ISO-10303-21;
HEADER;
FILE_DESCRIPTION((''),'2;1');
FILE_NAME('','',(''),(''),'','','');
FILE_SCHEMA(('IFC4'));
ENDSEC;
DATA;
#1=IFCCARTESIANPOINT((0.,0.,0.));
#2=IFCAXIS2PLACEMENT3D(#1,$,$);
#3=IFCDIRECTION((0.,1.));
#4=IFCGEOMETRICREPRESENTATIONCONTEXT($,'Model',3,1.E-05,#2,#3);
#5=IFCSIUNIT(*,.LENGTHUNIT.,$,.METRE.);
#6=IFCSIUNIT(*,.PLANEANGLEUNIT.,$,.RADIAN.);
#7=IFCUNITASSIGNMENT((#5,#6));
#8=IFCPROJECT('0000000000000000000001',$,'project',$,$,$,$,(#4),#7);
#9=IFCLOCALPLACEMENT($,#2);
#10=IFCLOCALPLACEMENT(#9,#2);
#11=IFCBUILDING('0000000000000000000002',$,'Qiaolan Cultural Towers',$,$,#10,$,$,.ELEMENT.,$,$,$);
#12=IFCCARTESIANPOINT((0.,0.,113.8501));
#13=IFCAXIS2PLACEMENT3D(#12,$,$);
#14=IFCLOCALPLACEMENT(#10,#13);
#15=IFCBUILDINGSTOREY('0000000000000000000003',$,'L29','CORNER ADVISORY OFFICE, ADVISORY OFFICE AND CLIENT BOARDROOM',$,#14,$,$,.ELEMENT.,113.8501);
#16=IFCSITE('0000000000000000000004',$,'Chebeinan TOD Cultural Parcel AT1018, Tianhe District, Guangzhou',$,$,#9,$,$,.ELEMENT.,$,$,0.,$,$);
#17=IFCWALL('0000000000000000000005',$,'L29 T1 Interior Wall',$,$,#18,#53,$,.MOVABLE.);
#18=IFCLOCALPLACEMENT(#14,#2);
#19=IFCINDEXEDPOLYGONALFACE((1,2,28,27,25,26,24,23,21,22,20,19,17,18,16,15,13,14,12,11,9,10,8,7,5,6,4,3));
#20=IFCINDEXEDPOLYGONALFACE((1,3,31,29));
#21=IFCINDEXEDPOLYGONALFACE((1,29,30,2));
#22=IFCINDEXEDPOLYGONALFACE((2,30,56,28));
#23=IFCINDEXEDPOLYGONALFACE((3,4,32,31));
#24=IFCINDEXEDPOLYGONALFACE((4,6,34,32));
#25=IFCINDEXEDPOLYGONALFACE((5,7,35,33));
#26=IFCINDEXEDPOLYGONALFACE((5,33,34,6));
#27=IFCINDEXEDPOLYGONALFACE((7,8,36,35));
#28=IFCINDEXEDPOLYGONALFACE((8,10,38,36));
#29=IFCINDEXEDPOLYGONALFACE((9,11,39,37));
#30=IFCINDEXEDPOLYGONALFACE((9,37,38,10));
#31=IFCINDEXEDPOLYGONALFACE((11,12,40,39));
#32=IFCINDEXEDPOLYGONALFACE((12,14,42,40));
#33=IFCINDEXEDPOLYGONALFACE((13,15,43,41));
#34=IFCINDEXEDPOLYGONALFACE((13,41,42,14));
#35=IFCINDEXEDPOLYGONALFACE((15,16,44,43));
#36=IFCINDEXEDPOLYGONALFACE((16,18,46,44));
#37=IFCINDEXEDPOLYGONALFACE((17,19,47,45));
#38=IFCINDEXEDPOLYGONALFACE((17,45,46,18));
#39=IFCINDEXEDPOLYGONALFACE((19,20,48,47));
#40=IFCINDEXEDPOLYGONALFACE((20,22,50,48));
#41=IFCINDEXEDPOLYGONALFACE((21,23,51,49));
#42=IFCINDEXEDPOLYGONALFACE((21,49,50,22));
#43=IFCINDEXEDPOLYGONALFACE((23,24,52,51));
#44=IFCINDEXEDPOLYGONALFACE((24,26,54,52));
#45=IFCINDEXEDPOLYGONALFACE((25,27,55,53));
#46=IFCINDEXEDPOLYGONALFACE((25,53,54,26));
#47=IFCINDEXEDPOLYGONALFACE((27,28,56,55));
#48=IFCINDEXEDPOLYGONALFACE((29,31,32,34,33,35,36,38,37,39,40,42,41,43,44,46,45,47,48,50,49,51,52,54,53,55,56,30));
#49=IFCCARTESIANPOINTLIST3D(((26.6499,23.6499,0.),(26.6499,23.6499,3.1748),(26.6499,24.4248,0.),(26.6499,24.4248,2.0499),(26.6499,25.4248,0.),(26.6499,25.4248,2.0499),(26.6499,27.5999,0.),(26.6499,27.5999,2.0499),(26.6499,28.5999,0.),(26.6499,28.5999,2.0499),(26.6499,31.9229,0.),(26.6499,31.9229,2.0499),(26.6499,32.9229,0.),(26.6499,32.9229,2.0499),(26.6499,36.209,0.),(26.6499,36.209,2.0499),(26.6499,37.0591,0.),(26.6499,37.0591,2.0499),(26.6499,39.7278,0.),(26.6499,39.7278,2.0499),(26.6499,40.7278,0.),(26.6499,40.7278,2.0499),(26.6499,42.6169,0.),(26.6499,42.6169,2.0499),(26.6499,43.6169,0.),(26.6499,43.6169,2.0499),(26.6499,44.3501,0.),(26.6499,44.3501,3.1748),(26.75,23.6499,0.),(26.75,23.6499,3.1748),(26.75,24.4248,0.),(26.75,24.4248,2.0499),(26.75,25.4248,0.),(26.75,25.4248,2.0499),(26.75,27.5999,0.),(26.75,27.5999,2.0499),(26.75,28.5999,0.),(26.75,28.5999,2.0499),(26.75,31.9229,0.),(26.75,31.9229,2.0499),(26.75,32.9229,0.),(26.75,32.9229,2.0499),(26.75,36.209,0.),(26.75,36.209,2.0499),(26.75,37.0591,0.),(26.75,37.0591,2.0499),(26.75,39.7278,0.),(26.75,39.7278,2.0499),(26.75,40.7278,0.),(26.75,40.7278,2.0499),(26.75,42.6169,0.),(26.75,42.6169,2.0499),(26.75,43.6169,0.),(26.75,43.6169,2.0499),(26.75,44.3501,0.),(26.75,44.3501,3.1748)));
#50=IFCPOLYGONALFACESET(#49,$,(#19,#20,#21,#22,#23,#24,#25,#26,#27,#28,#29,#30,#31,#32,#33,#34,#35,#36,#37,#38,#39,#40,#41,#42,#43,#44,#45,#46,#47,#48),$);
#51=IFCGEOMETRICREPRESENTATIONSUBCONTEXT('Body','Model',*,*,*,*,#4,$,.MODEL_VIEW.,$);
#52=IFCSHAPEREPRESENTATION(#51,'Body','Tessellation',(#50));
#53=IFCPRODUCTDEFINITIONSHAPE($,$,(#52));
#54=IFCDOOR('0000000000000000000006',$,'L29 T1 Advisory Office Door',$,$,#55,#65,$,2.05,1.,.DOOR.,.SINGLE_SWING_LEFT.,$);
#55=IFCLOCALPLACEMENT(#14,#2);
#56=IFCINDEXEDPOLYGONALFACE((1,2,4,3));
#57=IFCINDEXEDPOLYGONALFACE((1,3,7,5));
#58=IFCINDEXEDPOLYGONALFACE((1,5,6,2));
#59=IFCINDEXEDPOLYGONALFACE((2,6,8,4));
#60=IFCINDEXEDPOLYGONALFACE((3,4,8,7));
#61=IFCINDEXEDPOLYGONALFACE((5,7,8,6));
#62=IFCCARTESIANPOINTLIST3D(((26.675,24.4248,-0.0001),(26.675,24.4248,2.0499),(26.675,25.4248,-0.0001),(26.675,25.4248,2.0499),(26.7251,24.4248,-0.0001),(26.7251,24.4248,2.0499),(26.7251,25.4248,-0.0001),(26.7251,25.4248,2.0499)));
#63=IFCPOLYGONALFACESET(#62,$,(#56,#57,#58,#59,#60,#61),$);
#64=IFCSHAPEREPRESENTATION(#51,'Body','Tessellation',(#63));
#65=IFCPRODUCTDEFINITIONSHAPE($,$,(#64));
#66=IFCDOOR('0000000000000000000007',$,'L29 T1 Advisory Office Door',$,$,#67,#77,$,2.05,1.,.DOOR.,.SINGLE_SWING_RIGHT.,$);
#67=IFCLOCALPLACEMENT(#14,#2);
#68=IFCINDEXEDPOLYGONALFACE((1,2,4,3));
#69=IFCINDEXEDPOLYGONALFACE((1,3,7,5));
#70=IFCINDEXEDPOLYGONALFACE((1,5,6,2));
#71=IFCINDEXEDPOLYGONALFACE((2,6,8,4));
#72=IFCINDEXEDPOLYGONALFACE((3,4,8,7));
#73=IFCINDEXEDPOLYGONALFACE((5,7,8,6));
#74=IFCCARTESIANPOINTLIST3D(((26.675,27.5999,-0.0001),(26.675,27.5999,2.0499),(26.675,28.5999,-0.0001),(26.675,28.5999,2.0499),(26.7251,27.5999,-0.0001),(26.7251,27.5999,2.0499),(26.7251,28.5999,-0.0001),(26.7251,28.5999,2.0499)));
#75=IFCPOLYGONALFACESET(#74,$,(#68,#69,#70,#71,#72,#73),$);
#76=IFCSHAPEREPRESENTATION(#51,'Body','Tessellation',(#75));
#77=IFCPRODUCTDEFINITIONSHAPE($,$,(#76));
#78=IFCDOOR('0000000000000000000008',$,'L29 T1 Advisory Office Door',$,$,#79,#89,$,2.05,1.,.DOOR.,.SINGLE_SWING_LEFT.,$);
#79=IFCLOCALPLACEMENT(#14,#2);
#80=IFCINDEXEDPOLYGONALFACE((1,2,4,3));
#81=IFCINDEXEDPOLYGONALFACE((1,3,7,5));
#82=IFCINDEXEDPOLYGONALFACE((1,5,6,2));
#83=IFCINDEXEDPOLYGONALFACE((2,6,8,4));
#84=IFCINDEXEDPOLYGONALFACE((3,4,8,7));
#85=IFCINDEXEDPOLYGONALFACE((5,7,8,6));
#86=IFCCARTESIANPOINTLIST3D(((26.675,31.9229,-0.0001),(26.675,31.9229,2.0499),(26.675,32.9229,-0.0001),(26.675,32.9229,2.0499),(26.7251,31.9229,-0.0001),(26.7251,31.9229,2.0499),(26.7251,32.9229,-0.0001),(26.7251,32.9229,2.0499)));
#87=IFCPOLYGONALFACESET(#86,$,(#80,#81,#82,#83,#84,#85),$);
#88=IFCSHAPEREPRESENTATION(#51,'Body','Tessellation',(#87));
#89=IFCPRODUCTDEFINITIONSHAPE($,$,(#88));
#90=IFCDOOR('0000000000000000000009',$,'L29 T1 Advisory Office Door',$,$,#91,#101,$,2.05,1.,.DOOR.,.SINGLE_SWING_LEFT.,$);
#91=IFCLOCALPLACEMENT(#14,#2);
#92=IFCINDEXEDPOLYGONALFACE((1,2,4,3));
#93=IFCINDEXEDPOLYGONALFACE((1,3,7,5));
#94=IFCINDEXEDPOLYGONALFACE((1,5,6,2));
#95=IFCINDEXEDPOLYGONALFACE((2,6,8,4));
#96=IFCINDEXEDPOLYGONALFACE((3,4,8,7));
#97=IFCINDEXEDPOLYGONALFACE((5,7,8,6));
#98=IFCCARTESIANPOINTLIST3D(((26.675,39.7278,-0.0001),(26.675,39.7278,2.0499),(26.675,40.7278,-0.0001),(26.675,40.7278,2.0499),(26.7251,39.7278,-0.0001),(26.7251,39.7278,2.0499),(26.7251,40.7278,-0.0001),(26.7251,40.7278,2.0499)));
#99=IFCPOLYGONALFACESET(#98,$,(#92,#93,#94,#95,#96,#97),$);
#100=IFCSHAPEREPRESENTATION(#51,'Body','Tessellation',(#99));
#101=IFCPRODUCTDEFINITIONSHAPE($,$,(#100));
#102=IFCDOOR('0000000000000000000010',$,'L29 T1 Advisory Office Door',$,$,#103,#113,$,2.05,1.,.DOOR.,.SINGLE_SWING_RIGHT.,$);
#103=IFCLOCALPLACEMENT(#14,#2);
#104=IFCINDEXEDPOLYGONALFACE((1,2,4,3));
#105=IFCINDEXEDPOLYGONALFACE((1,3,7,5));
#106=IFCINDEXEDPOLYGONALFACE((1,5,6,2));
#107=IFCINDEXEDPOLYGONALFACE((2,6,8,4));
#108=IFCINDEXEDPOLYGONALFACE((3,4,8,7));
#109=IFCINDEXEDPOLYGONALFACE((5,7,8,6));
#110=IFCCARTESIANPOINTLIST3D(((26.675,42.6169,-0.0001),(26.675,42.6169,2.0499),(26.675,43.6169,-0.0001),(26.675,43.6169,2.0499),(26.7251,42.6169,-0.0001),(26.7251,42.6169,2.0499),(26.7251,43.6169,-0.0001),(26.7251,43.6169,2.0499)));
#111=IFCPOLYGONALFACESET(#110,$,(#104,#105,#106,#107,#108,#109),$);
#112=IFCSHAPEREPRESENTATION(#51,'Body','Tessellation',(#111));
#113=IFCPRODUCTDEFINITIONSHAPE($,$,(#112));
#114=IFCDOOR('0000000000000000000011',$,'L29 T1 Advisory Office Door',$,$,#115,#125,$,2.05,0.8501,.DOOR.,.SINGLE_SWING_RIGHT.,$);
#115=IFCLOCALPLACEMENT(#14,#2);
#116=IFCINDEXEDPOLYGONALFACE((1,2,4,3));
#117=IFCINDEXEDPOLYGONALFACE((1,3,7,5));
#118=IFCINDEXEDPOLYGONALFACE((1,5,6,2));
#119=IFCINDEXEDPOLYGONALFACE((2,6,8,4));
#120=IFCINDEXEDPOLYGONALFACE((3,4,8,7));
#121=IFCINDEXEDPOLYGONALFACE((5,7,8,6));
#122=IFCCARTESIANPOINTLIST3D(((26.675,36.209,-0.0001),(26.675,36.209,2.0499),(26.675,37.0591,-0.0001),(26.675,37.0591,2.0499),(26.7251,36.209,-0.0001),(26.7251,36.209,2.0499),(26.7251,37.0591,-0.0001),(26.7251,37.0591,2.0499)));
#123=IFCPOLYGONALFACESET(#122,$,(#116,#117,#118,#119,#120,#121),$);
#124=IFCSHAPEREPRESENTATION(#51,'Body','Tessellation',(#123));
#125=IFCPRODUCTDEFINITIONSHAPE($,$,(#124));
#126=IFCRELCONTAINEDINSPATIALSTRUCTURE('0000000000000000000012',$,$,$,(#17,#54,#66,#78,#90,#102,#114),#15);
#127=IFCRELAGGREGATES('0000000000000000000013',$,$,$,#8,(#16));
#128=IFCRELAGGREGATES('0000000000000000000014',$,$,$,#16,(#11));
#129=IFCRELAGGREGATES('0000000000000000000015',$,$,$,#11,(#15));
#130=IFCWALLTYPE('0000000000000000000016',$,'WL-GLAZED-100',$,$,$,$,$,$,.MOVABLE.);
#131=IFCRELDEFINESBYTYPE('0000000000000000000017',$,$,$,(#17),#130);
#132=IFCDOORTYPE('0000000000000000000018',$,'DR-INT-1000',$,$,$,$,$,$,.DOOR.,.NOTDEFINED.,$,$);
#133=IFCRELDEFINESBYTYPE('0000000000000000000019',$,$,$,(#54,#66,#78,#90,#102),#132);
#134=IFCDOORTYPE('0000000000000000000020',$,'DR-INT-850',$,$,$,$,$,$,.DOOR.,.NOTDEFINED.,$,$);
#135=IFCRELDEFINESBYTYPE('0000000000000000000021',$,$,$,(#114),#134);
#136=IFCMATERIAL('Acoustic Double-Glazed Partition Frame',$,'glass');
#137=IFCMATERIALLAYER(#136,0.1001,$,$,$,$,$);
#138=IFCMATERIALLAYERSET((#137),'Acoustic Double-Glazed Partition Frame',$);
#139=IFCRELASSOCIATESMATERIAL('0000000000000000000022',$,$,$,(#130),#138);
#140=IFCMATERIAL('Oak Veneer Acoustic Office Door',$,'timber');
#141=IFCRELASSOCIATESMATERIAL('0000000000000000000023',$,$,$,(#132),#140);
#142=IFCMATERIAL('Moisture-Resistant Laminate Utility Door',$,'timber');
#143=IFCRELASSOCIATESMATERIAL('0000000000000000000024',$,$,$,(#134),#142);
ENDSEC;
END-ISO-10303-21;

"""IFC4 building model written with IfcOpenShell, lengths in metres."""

from ifc_helpers import new_model, si_unit, direction, frame, frame_2d, origin, place, context, subcontext, project, spatial, rectangle, extrude, material, layer, layer_set, type_object, element, fill, save


model = new_model("IFC4")

# Units and contexts
model_context = context("Model", 3, precision=1e-05, world=origin(), true_north=direction((0.0, 1.0)))
body_context = subcontext(model_context, "Body", "Model", "MODEL_VIEW")
ifc_project = project(units=[si_unit("LENGTHUNIT", "METRE"), si_unit("PLANEANGLEUNIT", "RADIAN")], contexts=[model_context])

# Site, building, storey
site_placement = place(None, origin())
site = spatial("IfcSite", under=ifc_project, at=site_placement, Name="Chebeinan TOD Cultural Parcel AT1018, Tianhe District, Guangzhou", CompositionType="ELEMENT", RefElevation=0.0)
building_placement = place(site_placement, origin())
building = spatial("IfcBuilding", under=site, at=building_placement, Name="Qiaolan Cultural Towers", CompositionType="ELEMENT")
storey_placement = place(building_placement, frame((0.0, 0.0, 113.8501)))
storey = spatial("IfcBuildingStorey", under=building, at=storey_placement, Name="L29", Description="CORNER ADVISORY OFFICE, ADVISORY OFFICE AND CLIENT BOARDROOM", CompositionType="ELEMENT", Elevation=113.8501)

# Shared definitions
ifc_material_1 = material(Name="Acoustic Double-Glazed Partition Frame", Category="glass")
ifc_layer_1 = layer(ifc_material_1, 0.1001)
ifc_layer_set_1 = layer_set([ifc_layer_1], Name="Acoustic Double-Glazed Partition Frame")
wall_type_1 = type_object("IfcWallType", Name="WL-GLAZED-100", PredefinedType="MOVABLE", material=ifc_layer_set_1)

# Wall, openings, doors
wall_1_placement = place(storey_placement, frame((26.7, 23.6499, 0.0), z_axis=(0.0, 0.0, 1.0), x_axis=(0.0, 1.0, 0.0)))
wall_1 = element("IfcWall", 1, at=wall_1_placement, inside=storey, type_object=wall_type_1, Name="L29 T1 Interior Wall", PredefinedType="MOVABLE", context=body_context, shape_type="SweptSolid", body=[
    extrude(rectangle(XDim=20.7002, YDim=0.1001, at=frame_2d((10.3501, 0.0))), origin(), (0.0, 0.0, 1.0), 3.1748),
])
opening_1_placement = place(wall_1_placement, frame((0.7749, 0.0, 0.0)))
opening_1 = element("IfcOpeningElement", 2, at=opening_1_placement, cuts=wall_1, PredefinedType="OPENING", context=body_context, shape_type="SweptSolid", body=[
    extrude(rectangle(XDim=1.0, YDim=2.05, at=frame_2d((0.5, 1.0249))), frame((0.0, 0.0601, 0.0), z_axis=(0.0, -1.0, 0.0), x_axis=(1.0, 0.0, 0.0)), (0.0, 0.0, 1.0), 0.1201),
])
opening_2_placement = place(wall_1_placement, frame((3.95, 0.0, 0.0)))
opening_2 = element("IfcOpeningElement", 3, at=opening_2_placement, cuts=wall_1, PredefinedType="OPENING", context=body_context, shape_type="SweptSolid", body=[
    extrude(rectangle(XDim=1.0, YDim=2.05, at=frame_2d((0.5, 1.0249))), frame((0.0, 0.0601, 0.0), z_axis=(0.0, -1.0, 0.0), x_axis=(1.0, 0.0, 0.0)), (0.0, 0.0, 1.0), 0.1201),
])
opening_3_placement = place(wall_1_placement, frame((8.2729, 0.0, 0.0)))
opening_3 = element("IfcOpeningElement", 4, at=opening_3_placement, cuts=wall_1, PredefinedType="OPENING", context=body_context, shape_type="SweptSolid", body=[
    extrude(rectangle(XDim=1.0, YDim=2.05, at=frame_2d((0.5, 1.0249))), frame((0.0, 0.0601, 0.0), z_axis=(0.0, -1.0, 0.0), x_axis=(1.0, 0.0, 0.0)), (0.0, 0.0, 1.0), 0.1201),
])
opening_4_placement = place(wall_1_placement, frame((12.5591, 0.0, 0.0)))
opening_4 = element("IfcOpeningElement", 5, at=opening_4_placement, cuts=wall_1, PredefinedType="OPENING", context=body_context, shape_type="SweptSolid", body=[
    extrude(rectangle(XDim=0.8501, YDim=2.05, at=frame_2d((0.425, 1.0249))), frame((0.0, 0.0601, 0.0), z_axis=(0.0, -1.0, 0.0), x_axis=(1.0, 0.0, 0.0)), (0.0, 0.0, 1.0), 0.1201),
])
opening_5_placement = place(wall_1_placement, frame((16.0779, 0.0, 0.0)))
opening_5 = element("IfcOpeningElement", 6, at=opening_5_placement, cuts=wall_1, PredefinedType="OPENING", context=body_context, shape_type="SweptSolid", body=[
    extrude(rectangle(XDim=1.0, YDim=2.05, at=frame_2d((0.5, 1.0249))), frame((0.0, 0.0601, 0.0), z_axis=(0.0, -1.0, 0.0), x_axis=(1.0, 0.0, 0.0)), (0.0, 0.0, 1.0), 0.1201),
])
opening_6_placement = place(wall_1_placement, frame((18.967, 0.0, 0.0)))
opening_6 = element("IfcOpeningElement", 7, at=opening_6_placement, cuts=wall_1, PredefinedType="OPENING", context=body_context, shape_type="SweptSolid", body=[
    extrude(rectangle(XDim=1.0, YDim=2.05, at=frame_2d((0.5, 1.0249))), frame((0.0, 0.0601, 0.0), z_axis=(0.0, -1.0, 0.0), x_axis=(1.0, 0.0, 0.0)), (0.0, 0.0, 1.0), 0.1201),
])
ifc_material_2 = material(Name="Oak Veneer Acoustic Office Door", Category="timber")
door_type_1 = type_object("IfcDoorType", Name="DR-INT-1000", OperationType="NOTDEFINED", PredefinedType="DOOR", material=ifc_material_2)
door_1_placement = place(opening_1_placement, origin())
door_1 = element("IfcDoor", 8, at=door_1_placement, inside=storey, type_object=door_type_1, Name="L29 T1 Advisory Office Door", OperationType="SINGLE_SWING_LEFT", OverallHeight=2.05, OverallWidth=1.0, PredefinedType="DOOR", context=body_context, shape_type="SweptSolid", body=[
    extrude(rectangle(XDim=1.0, YDim=2.05, at=frame_2d((0.5, 1.0249))), frame((0.0, 0.0249, 0.0), z_axis=(0.0, -1.0, 0.0), x_axis=(1.0, 0.0, 0.0)), (0.0, 0.0, 1.0), 0.05),
])
fill(opening_1, door_1)
door_2_placement = place(opening_2_placement, origin())
door_2 = element("IfcDoor", 9, at=door_2_placement, inside=storey, type_object=door_type_1, Name="L29 T1 Advisory Office Door", OperationType="SINGLE_SWING_RIGHT", OverallHeight=2.05, OverallWidth=1.0, PredefinedType="DOOR", context=body_context, shape_type="SweptSolid", body=[
    extrude(rectangle(XDim=1.0, YDim=2.05, at=frame_2d((0.5, 1.0249))), frame((0.0, 0.0249, 0.0), z_axis=(0.0, -1.0, 0.0), x_axis=(1.0, 0.0, 0.0)), (0.0, 0.0, 1.0), 0.05),
])
fill(opening_2, door_2)
door_3_placement = place(opening_3_placement, origin())
door_3 = element("IfcDoor", 10, at=door_3_placement, inside=storey, type_object=door_type_1, Name="L29 T1 Advisory Office Door", OperationType="SINGLE_SWING_LEFT", OverallHeight=2.05, OverallWidth=1.0, PredefinedType="DOOR", context=body_context, shape_type="SweptSolid", body=[
    extrude(rectangle(XDim=1.0, YDim=2.05, at=frame_2d((0.5, 1.0249))), frame((0.0, 0.0249, 0.0), z_axis=(0.0, -1.0, 0.0), x_axis=(1.0, 0.0, 0.0)), (0.0, 0.0, 1.0), 0.05),
])
fill(opening_3, door_3)
door_4_placement = place(opening_5_placement, origin())
door_4 = element("IfcDoor", 11, at=door_4_placement, inside=storey, type_object=door_type_1, Name="L29 T1 Advisory Office Door", OperationType="SINGLE_SWING_LEFT", OverallHeight=2.05, OverallWidth=1.0, PredefinedType="DOOR", context=body_context, shape_type="SweptSolid", body=[
    extrude(rectangle(XDim=1.0, YDim=2.05, at=frame_2d((0.5, 1.0249))), frame((0.0, 0.0249, 0.0), z_axis=(0.0, -1.0, 0.0), x_axis=(1.0, 0.0, 0.0)), (0.0, 0.0, 1.0), 0.05),
])
fill(opening_5, door_4)
door_5_placement = place(opening_6_placement, origin())
door_5 = element("IfcDoor", 12, at=door_5_placement, inside=storey, type_object=door_type_1, Name="L29 T1 Advisory Office Door", OperationType="SINGLE_SWING_RIGHT", OverallHeight=2.05, OverallWidth=1.0, PredefinedType="DOOR", context=body_context, shape_type="SweptSolid", body=[
    extrude(rectangle(XDim=1.0, YDim=2.05, at=frame_2d((0.5, 1.0249))), frame((0.0, 0.0249, 0.0), z_axis=(0.0, -1.0, 0.0), x_axis=(1.0, 0.0, 0.0)), (0.0, 0.0, 1.0), 0.05),
])
fill(opening_6, door_5)
ifc_material_3 = material(Name="Moisture-Resistant Laminate Utility Door", Category="timber")
door_type_2 = type_object("IfcDoorType", Name="DR-INT-850", OperationType="NOTDEFINED", PredefinedType="DOOR", material=ifc_material_3)
door_6_placement = place(opening_4_placement, origin())
door_6 = element("IfcDoor", 13, at=door_6_placement, inside=storey, type_object=door_type_2, Name="L29 T1 Advisory Office Door", OperationType="SINGLE_SWING_RIGHT", OverallHeight=2.05, OverallWidth=0.8501, PredefinedType="DOOR", context=body_context, shape_type="SweptSolid", body=[
    extrude(rectangle(XDim=0.8501, YDim=2.05, at=frame_2d((0.425, 1.0249))), frame((0.0, 0.0249, 0.0), z_axis=(0.0, -1.0, 0.0), x_axis=(1.0, 0.0, 0.0)), (0.0, 0.0, 1.0), 0.05),
])
fill(opening_4, door_6)

save(model, "model.ifc")
